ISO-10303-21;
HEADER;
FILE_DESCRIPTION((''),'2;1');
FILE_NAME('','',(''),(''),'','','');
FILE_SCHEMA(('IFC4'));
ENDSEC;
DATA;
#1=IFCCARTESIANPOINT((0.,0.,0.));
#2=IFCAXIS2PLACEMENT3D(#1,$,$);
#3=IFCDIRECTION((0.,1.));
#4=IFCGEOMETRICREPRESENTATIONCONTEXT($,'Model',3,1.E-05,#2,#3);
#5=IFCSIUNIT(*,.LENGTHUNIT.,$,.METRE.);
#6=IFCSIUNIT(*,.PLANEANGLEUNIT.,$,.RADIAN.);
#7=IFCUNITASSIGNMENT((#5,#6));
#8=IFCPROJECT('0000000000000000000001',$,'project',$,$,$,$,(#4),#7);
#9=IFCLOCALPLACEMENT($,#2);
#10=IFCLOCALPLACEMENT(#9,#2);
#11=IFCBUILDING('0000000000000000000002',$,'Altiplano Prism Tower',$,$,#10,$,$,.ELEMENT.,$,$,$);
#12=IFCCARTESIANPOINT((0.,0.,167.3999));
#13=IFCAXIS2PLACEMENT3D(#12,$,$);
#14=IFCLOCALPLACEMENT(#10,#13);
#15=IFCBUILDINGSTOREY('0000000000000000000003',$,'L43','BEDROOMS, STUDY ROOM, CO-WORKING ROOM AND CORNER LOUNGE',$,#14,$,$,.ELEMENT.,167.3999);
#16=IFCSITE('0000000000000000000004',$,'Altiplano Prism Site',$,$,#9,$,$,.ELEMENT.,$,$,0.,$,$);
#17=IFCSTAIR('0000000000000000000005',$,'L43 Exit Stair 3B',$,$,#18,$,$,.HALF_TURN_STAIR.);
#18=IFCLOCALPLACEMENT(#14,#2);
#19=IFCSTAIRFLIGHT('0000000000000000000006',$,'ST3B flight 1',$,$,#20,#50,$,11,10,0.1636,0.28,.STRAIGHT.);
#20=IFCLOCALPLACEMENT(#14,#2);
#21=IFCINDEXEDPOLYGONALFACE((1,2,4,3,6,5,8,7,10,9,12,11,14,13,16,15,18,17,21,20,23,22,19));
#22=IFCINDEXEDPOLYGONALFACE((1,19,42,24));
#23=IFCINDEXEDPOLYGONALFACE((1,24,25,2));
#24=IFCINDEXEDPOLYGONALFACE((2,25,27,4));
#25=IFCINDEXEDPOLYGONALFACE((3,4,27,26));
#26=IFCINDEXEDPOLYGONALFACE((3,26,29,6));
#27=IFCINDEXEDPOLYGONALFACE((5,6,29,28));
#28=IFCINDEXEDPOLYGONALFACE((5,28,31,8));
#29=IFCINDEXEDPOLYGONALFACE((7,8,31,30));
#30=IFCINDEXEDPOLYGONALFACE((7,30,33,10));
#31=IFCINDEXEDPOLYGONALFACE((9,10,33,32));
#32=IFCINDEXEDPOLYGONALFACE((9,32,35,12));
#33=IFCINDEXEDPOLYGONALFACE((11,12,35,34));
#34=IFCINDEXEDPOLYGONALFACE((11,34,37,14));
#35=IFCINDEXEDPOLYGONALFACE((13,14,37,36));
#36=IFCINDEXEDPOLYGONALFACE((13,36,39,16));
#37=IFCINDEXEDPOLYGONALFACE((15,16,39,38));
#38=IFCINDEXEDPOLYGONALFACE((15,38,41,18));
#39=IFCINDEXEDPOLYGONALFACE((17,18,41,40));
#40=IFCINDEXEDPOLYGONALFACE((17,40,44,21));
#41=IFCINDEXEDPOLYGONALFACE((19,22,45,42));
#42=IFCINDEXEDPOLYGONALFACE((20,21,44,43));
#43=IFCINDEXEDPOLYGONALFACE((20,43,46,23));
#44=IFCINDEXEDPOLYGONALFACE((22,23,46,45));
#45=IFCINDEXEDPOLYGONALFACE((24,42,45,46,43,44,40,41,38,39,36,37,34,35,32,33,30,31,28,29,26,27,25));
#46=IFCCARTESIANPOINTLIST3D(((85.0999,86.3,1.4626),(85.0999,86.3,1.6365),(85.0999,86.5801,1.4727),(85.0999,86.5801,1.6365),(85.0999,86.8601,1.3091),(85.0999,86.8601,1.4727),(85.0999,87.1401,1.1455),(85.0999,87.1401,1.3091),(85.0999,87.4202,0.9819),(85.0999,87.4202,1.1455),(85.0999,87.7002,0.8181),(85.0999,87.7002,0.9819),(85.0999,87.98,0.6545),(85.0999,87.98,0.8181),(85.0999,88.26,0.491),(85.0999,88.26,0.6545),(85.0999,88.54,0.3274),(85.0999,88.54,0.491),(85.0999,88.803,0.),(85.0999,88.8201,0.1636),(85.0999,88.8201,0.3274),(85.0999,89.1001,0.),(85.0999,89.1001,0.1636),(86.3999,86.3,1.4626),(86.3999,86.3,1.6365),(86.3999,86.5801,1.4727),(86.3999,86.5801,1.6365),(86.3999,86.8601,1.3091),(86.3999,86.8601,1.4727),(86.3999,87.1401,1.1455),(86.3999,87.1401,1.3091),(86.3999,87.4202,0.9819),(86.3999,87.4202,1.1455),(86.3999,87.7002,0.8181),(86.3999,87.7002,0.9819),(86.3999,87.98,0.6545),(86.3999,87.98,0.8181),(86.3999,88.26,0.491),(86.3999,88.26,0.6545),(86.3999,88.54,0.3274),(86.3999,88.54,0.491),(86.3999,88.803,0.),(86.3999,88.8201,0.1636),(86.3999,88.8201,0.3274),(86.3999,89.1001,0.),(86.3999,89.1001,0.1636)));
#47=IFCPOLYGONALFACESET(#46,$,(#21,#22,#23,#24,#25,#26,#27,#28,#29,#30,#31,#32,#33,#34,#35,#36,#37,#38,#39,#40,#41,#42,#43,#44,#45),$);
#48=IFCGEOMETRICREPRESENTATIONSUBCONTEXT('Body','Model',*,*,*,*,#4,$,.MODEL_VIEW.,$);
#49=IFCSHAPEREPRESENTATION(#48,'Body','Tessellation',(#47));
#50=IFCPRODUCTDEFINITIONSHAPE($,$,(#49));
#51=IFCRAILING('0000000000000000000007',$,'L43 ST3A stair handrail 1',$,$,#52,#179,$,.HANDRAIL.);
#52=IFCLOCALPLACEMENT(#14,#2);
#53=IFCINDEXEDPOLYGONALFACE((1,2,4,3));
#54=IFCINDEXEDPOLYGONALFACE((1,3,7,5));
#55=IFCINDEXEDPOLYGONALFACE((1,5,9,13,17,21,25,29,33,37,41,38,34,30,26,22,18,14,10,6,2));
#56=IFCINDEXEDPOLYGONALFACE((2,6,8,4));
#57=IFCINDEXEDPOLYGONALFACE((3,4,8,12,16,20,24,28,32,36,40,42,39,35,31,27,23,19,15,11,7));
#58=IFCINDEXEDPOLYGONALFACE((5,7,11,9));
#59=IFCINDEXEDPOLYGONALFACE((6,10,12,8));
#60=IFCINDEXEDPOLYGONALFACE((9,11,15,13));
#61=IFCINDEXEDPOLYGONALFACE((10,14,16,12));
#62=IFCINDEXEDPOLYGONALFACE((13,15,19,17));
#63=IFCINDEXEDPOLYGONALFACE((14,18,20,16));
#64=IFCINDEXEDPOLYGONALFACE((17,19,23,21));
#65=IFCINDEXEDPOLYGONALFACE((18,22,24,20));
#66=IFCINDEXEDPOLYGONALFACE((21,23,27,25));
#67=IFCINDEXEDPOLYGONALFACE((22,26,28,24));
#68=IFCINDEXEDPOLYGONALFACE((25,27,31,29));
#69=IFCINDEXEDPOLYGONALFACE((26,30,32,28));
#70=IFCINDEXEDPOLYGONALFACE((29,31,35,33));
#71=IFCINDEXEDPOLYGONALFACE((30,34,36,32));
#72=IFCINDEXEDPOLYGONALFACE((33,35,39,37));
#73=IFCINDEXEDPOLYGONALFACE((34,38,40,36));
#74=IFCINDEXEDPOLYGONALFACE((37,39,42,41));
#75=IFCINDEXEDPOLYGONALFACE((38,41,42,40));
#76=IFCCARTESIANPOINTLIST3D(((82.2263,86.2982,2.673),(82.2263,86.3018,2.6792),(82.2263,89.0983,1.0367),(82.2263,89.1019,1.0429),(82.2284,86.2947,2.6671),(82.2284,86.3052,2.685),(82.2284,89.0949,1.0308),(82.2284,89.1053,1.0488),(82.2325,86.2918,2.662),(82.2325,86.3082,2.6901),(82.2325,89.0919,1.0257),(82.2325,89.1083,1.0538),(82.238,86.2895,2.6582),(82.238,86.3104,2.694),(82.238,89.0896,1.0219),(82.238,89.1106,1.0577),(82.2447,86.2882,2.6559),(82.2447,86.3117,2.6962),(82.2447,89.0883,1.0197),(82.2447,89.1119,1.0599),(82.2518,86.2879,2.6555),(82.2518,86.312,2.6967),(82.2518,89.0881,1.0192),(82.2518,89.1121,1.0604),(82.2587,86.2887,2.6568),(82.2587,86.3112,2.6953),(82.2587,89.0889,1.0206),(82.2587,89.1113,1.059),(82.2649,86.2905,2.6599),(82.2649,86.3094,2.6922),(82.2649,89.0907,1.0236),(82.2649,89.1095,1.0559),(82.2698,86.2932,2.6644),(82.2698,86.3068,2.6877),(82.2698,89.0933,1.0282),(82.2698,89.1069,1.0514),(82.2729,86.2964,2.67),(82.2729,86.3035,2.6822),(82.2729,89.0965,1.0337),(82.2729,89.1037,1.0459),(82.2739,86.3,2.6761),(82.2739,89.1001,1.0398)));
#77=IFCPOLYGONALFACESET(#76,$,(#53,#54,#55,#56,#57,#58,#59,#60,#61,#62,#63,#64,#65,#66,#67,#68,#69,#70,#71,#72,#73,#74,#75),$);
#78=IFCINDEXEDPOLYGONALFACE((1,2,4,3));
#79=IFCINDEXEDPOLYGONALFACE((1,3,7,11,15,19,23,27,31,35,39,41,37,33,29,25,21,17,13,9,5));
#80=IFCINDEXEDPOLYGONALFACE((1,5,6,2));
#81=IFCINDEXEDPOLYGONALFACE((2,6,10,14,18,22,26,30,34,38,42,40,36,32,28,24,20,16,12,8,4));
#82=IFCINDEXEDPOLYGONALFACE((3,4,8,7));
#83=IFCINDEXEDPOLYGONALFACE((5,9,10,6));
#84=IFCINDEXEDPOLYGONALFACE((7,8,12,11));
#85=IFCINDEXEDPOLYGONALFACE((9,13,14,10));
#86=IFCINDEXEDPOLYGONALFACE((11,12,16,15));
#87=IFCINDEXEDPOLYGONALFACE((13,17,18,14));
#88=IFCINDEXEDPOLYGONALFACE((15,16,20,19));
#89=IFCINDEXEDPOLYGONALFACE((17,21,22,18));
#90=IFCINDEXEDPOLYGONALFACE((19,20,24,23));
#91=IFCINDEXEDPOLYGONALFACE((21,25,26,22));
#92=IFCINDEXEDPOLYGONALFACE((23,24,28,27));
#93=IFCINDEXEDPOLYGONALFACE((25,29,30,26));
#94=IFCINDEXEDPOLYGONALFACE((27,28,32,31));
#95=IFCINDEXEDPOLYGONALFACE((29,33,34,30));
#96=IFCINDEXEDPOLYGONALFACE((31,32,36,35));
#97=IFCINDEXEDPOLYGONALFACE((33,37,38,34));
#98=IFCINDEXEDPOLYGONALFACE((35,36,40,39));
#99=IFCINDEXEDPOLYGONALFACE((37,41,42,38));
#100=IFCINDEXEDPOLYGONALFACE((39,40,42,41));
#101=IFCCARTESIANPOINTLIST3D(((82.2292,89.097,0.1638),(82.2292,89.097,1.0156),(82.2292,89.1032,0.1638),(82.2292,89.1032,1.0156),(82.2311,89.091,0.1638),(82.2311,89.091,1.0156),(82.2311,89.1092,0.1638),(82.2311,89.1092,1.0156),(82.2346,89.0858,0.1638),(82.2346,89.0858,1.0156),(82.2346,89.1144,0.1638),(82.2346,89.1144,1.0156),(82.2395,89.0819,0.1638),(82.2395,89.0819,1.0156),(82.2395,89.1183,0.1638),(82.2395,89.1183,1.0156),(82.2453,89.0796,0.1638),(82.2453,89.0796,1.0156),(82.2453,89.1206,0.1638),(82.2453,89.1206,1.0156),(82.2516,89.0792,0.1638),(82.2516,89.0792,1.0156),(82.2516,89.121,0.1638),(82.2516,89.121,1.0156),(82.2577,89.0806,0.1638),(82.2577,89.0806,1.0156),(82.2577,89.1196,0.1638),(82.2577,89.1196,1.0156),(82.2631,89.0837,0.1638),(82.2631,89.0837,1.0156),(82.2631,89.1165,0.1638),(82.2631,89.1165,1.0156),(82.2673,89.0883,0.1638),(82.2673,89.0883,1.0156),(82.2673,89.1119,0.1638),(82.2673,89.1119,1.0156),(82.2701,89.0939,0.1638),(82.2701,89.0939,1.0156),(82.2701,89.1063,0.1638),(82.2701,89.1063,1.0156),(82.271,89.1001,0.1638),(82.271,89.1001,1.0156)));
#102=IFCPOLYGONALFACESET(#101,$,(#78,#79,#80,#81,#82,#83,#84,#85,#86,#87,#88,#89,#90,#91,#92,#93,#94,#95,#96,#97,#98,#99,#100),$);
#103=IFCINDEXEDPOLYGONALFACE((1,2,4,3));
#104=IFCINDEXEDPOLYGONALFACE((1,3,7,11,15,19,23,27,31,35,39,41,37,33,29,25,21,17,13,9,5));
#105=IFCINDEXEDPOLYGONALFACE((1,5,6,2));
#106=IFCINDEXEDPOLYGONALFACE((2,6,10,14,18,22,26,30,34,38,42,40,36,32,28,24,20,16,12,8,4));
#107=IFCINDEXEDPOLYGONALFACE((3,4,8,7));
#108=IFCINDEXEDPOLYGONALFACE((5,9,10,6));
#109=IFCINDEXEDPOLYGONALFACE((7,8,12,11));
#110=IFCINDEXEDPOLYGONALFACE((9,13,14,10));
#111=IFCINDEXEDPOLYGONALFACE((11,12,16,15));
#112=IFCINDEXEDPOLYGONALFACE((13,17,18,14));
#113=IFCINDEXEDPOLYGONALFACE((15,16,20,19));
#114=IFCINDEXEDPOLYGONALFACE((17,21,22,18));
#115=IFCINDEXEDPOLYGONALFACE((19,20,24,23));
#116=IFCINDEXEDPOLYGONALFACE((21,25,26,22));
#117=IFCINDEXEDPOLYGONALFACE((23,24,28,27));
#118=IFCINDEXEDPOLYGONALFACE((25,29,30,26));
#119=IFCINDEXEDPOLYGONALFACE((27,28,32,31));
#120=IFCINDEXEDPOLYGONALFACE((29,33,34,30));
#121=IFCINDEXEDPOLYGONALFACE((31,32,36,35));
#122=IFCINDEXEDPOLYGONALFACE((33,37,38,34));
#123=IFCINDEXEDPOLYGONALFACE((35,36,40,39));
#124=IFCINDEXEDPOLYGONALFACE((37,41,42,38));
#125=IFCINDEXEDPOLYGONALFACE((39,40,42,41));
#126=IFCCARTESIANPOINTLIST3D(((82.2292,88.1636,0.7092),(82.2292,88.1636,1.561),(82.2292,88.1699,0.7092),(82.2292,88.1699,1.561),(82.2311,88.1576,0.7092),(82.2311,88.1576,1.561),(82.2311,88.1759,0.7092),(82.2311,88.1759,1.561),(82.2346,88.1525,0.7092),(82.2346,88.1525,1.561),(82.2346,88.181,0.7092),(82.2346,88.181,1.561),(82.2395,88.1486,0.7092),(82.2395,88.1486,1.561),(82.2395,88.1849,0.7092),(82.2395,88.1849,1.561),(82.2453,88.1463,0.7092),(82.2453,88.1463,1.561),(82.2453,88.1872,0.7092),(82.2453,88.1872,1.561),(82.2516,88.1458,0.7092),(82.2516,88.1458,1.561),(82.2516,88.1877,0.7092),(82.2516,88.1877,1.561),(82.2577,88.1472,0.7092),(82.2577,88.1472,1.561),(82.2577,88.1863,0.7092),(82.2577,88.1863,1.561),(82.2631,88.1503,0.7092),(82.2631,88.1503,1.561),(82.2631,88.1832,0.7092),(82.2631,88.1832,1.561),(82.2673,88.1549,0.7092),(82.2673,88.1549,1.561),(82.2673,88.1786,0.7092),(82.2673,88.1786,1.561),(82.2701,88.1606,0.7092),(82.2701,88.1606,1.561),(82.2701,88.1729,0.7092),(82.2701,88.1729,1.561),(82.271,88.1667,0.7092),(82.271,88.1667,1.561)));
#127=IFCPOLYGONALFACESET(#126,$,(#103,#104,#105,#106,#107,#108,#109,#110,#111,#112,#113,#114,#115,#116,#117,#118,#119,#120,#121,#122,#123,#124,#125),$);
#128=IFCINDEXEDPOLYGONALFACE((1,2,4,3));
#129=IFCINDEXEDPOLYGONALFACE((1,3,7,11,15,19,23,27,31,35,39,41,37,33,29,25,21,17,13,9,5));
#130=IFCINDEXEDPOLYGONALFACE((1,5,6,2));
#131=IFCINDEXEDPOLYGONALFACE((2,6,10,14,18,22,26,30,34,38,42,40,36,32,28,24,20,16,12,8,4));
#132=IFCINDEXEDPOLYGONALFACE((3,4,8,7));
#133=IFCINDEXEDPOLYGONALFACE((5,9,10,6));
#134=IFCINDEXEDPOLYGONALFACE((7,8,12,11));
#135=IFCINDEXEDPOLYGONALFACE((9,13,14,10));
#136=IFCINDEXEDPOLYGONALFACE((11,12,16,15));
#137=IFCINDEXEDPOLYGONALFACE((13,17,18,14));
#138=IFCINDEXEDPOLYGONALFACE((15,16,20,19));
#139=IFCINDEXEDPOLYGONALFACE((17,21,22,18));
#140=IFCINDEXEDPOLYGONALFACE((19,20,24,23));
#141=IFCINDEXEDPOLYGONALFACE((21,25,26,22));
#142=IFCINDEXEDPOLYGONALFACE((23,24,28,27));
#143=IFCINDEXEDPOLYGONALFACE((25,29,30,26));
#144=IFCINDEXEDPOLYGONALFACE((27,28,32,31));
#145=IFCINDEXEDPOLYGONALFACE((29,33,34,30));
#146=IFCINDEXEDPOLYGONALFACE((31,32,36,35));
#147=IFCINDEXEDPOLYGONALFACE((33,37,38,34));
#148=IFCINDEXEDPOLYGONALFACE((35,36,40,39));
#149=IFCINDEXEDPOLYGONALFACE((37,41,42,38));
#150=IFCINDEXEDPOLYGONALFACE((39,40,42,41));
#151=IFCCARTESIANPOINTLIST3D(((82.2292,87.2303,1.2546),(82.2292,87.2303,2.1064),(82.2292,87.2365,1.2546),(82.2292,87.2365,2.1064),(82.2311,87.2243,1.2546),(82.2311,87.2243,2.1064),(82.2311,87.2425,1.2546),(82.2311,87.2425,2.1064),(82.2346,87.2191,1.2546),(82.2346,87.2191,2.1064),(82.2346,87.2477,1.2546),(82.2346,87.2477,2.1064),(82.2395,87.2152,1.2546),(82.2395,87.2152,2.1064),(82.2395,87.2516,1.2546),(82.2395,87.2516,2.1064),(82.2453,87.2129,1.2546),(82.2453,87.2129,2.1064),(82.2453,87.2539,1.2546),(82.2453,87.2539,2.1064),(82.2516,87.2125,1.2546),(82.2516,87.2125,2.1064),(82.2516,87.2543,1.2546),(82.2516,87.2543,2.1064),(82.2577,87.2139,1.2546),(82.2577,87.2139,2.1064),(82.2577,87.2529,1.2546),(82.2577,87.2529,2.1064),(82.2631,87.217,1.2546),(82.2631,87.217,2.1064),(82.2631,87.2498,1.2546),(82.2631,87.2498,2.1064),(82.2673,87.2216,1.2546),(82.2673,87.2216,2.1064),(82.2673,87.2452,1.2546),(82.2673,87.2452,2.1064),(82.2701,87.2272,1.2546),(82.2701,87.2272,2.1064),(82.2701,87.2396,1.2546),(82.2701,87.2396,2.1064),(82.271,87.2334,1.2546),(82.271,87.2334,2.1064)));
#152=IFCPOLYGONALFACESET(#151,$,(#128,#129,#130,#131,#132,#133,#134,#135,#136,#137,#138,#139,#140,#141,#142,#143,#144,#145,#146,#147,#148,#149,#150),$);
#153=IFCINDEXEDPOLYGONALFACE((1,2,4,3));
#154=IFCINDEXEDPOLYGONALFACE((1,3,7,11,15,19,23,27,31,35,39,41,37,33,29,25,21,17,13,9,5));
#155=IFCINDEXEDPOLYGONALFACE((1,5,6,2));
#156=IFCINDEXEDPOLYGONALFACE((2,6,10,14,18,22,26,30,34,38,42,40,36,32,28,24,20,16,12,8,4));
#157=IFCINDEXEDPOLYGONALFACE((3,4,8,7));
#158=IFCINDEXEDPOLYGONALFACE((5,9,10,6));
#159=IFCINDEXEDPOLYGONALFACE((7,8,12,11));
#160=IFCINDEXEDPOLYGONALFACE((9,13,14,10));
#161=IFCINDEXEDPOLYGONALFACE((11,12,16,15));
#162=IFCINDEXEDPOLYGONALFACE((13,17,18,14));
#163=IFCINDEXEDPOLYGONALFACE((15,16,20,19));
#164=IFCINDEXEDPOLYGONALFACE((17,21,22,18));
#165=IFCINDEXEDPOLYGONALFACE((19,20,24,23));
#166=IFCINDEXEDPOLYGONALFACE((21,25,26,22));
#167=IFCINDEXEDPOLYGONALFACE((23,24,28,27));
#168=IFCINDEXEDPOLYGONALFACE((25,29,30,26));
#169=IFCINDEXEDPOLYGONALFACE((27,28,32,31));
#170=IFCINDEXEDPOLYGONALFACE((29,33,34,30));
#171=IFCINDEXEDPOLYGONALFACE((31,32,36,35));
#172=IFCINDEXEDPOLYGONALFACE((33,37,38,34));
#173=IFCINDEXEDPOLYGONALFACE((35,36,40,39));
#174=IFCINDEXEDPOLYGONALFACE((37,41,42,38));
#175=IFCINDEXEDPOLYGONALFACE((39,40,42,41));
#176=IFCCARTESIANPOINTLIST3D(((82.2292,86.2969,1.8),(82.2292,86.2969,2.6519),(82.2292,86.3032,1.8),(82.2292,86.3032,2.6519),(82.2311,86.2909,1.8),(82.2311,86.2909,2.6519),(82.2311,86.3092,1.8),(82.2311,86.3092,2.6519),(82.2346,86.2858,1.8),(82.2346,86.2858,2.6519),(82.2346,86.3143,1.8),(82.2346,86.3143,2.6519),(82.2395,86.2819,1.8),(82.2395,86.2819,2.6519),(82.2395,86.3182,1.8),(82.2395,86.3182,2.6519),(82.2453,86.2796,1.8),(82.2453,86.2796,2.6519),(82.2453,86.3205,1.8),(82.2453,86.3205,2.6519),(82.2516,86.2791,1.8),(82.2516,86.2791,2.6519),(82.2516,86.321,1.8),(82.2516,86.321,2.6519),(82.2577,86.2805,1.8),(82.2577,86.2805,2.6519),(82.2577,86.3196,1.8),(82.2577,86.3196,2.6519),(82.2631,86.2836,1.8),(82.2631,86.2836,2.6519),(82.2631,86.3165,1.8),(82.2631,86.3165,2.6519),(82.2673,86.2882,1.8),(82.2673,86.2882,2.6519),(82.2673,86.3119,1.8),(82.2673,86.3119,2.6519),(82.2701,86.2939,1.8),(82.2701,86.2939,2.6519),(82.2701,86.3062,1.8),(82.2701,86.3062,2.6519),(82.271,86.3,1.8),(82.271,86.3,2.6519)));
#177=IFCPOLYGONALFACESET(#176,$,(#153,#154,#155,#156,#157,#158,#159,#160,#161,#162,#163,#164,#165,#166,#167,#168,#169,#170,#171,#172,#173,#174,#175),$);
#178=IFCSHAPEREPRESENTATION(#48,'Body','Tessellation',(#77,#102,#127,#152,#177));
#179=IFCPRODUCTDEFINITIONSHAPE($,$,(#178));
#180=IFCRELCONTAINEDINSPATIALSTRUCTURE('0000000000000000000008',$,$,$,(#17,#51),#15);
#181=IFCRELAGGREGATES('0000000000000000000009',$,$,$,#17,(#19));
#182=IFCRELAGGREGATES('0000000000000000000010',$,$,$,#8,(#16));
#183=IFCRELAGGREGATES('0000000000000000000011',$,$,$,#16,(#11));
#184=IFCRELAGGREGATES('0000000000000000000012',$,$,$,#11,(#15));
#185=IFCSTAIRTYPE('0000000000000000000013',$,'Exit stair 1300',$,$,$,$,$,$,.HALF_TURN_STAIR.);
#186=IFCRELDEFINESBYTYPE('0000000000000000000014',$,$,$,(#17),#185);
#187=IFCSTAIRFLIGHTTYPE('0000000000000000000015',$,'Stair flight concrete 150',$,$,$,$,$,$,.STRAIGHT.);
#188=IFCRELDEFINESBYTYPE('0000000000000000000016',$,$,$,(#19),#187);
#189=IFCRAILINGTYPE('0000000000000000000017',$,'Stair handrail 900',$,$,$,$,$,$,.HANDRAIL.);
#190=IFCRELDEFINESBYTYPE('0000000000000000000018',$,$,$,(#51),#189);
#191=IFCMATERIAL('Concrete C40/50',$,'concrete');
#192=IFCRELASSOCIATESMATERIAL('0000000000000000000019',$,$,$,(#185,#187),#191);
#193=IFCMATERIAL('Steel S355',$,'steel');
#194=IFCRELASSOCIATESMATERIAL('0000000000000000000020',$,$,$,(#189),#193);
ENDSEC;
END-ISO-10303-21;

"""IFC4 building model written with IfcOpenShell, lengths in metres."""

from ifc_helpers import new_model, si_unit, direction, frame, origin, origin_2d, place, context, subcontext, project, spatial, polyline, circle, outline, extrude, material, type_object, element, aggregate, save


model = new_model("IFC4")

# Units and contexts
model_context = context("Model", 3, precision=1e-05, world=origin(), true_north=direction((0.0, 1.0)))
body_context = subcontext(model_context, "Body", "Model", "MODEL_VIEW")
ifc_project = project(units=[si_unit("LENGTHUNIT", "METRE"), si_unit("PLANEANGLEUNIT", "RADIAN")], contexts=[model_context])

# Site, building, storey
site_placement = place(None, origin())
site = spatial("IfcSite", under=ifc_project, at=site_placement, Name="Altiplano Prism Site", CompositionType="ELEMENT", RefElevation=0.0)
building_placement = place(site_placement, origin())
building = spatial("IfcBuilding", under=site, at=building_placement, Name="Altiplano Prism Tower", CompositionType="ELEMENT")
storey_placement = place(building_placement, frame((0.0, 0.0, 167.3999)))
storey = spatial("IfcBuildingStorey", under=building, at=storey_placement, Name="L43", Description="BEDROOMS, STUDY ROOM, CO-WORKING ROOM AND CORNER LOUNGE", CompositionType="ELEMENT", Elevation=167.3999)

# Stair, stair flight
ifc_material_1 = material(Name="Concrete C40/50", Category="concrete")
stair_type = type_object("IfcStairType", Name="Exit stair 1300", PredefinedType="HALF_TURN_STAIR", material=ifc_material_1)
stair_flight_type = type_object("IfcStairFlightType", Name="Stair flight concrete 150", PredefinedType="STRAIGHT", material=ifc_material_1)
stair_1_placement = place(storey_placement, origin())
stair_1 = element("IfcStair", 1, at=stair_1_placement, inside=storey, type_object=stair_type, Name="L43 Exit Stair 3B", PredefinedType="HALF_TURN_STAIR")
stair_flight_1_placement = place(storey_placement, frame((85.75, 89.1001, 0.0), z_axis=(0.0, 0.0, 1.0), x_axis=(0.0, -1.0, 0.0)))
stair_flight_1 = element("IfcStairFlight", 2, at=stair_flight_1_placement, type_object=stair_flight_type, Name="ST3B flight 1", NumberOfRisers=11, NumberOfTreads=10, PredefinedType="STRAIGHT", RiserHeight=0.1636, TreadLength=0.28, context=body_context, shape_type="SweptSolid", body=[
    extrude(outline(polyline([(0.0, 0.0), (0.0, 0.1636), (0.28, 0.1636), (0.28, 0.3274), (0.5601, 0.3274), (0.5601, 0.491), (0.8401, 0.491), (0.8401, 0.6545), (1.1201, 0.6545), (1.1201, 0.8181), (1.3999, 0.8181), (1.3999, 0.9819), (1.6799, 0.9819), (1.6799, 1.1455), (1.96, 1.1455), (1.96, 1.3091), (2.24, 1.3091), (2.24, 1.4727), (2.52, 1.4727), (2.52, 1.6365), (2.8, 1.6365), (2.8, 1.8), (2.8, 1.4626), (0.2971, 0.0), (0.0, 0.0)])), frame((0.0, 0.6499, 0.0), z_axis=(0.0, -1.0, 0.0), x_axis=(1.0, 0.0, 0.0)), (0.0, 0.0, 1.0), 1.3),
])
aggregate(stair_1, [stair_flight_1])

# Railing
ifc_material_2 = material(Name="Steel S355", Category="steel")
railing_type_1 = type_object("IfcRailingType", Name="Stair handrail 900", PredefinedType="HANDRAIL", material=ifc_material_2)
for number, where, name in (
    (3, (82.25, 89.1001, 0.1638), "L43 ST3A stair handrail 1"),
):
    element("IfcRailing", number, at=place(storey_placement, frame(where)), inside=storey, type_object=railing_type_1, Name=name, PredefinedType="HANDRAIL", context=body_context, shape_type="SweptSolid", body=[
        extrude(circle(Radius=0.0239, at=origin_2d()), frame((0.0, 0.0, 0.876), z_axis=(0.0, -0.863394, 0.504531), x_axis=(1.0, 0.0, 0.0)), (0.0, 0.0, 1.0), 3.2432),
        extrude(circle(Radius=0.021, at=origin_2d()), origin(), (0.0, 0.0, 1.0), 0.8518),
        extrude(circle(Radius=0.021, at=origin_2d()), frame((0.0, -0.9333, 0.5454)), (0.0, 0.0, 1.0), 0.8518),
        extrude(circle(Radius=0.021, at=origin_2d()), frame((0.0, -1.8667, 1.0908)), (0.0, 0.0, 1.0), 0.8518),
        extrude(circle(Radius=0.021, at=origin_2d()), frame((0.0, -2.8, 1.6362)), (0.0, 0.0, 1.0), 0.8518),
    ])

save(model, "model.ifc")
